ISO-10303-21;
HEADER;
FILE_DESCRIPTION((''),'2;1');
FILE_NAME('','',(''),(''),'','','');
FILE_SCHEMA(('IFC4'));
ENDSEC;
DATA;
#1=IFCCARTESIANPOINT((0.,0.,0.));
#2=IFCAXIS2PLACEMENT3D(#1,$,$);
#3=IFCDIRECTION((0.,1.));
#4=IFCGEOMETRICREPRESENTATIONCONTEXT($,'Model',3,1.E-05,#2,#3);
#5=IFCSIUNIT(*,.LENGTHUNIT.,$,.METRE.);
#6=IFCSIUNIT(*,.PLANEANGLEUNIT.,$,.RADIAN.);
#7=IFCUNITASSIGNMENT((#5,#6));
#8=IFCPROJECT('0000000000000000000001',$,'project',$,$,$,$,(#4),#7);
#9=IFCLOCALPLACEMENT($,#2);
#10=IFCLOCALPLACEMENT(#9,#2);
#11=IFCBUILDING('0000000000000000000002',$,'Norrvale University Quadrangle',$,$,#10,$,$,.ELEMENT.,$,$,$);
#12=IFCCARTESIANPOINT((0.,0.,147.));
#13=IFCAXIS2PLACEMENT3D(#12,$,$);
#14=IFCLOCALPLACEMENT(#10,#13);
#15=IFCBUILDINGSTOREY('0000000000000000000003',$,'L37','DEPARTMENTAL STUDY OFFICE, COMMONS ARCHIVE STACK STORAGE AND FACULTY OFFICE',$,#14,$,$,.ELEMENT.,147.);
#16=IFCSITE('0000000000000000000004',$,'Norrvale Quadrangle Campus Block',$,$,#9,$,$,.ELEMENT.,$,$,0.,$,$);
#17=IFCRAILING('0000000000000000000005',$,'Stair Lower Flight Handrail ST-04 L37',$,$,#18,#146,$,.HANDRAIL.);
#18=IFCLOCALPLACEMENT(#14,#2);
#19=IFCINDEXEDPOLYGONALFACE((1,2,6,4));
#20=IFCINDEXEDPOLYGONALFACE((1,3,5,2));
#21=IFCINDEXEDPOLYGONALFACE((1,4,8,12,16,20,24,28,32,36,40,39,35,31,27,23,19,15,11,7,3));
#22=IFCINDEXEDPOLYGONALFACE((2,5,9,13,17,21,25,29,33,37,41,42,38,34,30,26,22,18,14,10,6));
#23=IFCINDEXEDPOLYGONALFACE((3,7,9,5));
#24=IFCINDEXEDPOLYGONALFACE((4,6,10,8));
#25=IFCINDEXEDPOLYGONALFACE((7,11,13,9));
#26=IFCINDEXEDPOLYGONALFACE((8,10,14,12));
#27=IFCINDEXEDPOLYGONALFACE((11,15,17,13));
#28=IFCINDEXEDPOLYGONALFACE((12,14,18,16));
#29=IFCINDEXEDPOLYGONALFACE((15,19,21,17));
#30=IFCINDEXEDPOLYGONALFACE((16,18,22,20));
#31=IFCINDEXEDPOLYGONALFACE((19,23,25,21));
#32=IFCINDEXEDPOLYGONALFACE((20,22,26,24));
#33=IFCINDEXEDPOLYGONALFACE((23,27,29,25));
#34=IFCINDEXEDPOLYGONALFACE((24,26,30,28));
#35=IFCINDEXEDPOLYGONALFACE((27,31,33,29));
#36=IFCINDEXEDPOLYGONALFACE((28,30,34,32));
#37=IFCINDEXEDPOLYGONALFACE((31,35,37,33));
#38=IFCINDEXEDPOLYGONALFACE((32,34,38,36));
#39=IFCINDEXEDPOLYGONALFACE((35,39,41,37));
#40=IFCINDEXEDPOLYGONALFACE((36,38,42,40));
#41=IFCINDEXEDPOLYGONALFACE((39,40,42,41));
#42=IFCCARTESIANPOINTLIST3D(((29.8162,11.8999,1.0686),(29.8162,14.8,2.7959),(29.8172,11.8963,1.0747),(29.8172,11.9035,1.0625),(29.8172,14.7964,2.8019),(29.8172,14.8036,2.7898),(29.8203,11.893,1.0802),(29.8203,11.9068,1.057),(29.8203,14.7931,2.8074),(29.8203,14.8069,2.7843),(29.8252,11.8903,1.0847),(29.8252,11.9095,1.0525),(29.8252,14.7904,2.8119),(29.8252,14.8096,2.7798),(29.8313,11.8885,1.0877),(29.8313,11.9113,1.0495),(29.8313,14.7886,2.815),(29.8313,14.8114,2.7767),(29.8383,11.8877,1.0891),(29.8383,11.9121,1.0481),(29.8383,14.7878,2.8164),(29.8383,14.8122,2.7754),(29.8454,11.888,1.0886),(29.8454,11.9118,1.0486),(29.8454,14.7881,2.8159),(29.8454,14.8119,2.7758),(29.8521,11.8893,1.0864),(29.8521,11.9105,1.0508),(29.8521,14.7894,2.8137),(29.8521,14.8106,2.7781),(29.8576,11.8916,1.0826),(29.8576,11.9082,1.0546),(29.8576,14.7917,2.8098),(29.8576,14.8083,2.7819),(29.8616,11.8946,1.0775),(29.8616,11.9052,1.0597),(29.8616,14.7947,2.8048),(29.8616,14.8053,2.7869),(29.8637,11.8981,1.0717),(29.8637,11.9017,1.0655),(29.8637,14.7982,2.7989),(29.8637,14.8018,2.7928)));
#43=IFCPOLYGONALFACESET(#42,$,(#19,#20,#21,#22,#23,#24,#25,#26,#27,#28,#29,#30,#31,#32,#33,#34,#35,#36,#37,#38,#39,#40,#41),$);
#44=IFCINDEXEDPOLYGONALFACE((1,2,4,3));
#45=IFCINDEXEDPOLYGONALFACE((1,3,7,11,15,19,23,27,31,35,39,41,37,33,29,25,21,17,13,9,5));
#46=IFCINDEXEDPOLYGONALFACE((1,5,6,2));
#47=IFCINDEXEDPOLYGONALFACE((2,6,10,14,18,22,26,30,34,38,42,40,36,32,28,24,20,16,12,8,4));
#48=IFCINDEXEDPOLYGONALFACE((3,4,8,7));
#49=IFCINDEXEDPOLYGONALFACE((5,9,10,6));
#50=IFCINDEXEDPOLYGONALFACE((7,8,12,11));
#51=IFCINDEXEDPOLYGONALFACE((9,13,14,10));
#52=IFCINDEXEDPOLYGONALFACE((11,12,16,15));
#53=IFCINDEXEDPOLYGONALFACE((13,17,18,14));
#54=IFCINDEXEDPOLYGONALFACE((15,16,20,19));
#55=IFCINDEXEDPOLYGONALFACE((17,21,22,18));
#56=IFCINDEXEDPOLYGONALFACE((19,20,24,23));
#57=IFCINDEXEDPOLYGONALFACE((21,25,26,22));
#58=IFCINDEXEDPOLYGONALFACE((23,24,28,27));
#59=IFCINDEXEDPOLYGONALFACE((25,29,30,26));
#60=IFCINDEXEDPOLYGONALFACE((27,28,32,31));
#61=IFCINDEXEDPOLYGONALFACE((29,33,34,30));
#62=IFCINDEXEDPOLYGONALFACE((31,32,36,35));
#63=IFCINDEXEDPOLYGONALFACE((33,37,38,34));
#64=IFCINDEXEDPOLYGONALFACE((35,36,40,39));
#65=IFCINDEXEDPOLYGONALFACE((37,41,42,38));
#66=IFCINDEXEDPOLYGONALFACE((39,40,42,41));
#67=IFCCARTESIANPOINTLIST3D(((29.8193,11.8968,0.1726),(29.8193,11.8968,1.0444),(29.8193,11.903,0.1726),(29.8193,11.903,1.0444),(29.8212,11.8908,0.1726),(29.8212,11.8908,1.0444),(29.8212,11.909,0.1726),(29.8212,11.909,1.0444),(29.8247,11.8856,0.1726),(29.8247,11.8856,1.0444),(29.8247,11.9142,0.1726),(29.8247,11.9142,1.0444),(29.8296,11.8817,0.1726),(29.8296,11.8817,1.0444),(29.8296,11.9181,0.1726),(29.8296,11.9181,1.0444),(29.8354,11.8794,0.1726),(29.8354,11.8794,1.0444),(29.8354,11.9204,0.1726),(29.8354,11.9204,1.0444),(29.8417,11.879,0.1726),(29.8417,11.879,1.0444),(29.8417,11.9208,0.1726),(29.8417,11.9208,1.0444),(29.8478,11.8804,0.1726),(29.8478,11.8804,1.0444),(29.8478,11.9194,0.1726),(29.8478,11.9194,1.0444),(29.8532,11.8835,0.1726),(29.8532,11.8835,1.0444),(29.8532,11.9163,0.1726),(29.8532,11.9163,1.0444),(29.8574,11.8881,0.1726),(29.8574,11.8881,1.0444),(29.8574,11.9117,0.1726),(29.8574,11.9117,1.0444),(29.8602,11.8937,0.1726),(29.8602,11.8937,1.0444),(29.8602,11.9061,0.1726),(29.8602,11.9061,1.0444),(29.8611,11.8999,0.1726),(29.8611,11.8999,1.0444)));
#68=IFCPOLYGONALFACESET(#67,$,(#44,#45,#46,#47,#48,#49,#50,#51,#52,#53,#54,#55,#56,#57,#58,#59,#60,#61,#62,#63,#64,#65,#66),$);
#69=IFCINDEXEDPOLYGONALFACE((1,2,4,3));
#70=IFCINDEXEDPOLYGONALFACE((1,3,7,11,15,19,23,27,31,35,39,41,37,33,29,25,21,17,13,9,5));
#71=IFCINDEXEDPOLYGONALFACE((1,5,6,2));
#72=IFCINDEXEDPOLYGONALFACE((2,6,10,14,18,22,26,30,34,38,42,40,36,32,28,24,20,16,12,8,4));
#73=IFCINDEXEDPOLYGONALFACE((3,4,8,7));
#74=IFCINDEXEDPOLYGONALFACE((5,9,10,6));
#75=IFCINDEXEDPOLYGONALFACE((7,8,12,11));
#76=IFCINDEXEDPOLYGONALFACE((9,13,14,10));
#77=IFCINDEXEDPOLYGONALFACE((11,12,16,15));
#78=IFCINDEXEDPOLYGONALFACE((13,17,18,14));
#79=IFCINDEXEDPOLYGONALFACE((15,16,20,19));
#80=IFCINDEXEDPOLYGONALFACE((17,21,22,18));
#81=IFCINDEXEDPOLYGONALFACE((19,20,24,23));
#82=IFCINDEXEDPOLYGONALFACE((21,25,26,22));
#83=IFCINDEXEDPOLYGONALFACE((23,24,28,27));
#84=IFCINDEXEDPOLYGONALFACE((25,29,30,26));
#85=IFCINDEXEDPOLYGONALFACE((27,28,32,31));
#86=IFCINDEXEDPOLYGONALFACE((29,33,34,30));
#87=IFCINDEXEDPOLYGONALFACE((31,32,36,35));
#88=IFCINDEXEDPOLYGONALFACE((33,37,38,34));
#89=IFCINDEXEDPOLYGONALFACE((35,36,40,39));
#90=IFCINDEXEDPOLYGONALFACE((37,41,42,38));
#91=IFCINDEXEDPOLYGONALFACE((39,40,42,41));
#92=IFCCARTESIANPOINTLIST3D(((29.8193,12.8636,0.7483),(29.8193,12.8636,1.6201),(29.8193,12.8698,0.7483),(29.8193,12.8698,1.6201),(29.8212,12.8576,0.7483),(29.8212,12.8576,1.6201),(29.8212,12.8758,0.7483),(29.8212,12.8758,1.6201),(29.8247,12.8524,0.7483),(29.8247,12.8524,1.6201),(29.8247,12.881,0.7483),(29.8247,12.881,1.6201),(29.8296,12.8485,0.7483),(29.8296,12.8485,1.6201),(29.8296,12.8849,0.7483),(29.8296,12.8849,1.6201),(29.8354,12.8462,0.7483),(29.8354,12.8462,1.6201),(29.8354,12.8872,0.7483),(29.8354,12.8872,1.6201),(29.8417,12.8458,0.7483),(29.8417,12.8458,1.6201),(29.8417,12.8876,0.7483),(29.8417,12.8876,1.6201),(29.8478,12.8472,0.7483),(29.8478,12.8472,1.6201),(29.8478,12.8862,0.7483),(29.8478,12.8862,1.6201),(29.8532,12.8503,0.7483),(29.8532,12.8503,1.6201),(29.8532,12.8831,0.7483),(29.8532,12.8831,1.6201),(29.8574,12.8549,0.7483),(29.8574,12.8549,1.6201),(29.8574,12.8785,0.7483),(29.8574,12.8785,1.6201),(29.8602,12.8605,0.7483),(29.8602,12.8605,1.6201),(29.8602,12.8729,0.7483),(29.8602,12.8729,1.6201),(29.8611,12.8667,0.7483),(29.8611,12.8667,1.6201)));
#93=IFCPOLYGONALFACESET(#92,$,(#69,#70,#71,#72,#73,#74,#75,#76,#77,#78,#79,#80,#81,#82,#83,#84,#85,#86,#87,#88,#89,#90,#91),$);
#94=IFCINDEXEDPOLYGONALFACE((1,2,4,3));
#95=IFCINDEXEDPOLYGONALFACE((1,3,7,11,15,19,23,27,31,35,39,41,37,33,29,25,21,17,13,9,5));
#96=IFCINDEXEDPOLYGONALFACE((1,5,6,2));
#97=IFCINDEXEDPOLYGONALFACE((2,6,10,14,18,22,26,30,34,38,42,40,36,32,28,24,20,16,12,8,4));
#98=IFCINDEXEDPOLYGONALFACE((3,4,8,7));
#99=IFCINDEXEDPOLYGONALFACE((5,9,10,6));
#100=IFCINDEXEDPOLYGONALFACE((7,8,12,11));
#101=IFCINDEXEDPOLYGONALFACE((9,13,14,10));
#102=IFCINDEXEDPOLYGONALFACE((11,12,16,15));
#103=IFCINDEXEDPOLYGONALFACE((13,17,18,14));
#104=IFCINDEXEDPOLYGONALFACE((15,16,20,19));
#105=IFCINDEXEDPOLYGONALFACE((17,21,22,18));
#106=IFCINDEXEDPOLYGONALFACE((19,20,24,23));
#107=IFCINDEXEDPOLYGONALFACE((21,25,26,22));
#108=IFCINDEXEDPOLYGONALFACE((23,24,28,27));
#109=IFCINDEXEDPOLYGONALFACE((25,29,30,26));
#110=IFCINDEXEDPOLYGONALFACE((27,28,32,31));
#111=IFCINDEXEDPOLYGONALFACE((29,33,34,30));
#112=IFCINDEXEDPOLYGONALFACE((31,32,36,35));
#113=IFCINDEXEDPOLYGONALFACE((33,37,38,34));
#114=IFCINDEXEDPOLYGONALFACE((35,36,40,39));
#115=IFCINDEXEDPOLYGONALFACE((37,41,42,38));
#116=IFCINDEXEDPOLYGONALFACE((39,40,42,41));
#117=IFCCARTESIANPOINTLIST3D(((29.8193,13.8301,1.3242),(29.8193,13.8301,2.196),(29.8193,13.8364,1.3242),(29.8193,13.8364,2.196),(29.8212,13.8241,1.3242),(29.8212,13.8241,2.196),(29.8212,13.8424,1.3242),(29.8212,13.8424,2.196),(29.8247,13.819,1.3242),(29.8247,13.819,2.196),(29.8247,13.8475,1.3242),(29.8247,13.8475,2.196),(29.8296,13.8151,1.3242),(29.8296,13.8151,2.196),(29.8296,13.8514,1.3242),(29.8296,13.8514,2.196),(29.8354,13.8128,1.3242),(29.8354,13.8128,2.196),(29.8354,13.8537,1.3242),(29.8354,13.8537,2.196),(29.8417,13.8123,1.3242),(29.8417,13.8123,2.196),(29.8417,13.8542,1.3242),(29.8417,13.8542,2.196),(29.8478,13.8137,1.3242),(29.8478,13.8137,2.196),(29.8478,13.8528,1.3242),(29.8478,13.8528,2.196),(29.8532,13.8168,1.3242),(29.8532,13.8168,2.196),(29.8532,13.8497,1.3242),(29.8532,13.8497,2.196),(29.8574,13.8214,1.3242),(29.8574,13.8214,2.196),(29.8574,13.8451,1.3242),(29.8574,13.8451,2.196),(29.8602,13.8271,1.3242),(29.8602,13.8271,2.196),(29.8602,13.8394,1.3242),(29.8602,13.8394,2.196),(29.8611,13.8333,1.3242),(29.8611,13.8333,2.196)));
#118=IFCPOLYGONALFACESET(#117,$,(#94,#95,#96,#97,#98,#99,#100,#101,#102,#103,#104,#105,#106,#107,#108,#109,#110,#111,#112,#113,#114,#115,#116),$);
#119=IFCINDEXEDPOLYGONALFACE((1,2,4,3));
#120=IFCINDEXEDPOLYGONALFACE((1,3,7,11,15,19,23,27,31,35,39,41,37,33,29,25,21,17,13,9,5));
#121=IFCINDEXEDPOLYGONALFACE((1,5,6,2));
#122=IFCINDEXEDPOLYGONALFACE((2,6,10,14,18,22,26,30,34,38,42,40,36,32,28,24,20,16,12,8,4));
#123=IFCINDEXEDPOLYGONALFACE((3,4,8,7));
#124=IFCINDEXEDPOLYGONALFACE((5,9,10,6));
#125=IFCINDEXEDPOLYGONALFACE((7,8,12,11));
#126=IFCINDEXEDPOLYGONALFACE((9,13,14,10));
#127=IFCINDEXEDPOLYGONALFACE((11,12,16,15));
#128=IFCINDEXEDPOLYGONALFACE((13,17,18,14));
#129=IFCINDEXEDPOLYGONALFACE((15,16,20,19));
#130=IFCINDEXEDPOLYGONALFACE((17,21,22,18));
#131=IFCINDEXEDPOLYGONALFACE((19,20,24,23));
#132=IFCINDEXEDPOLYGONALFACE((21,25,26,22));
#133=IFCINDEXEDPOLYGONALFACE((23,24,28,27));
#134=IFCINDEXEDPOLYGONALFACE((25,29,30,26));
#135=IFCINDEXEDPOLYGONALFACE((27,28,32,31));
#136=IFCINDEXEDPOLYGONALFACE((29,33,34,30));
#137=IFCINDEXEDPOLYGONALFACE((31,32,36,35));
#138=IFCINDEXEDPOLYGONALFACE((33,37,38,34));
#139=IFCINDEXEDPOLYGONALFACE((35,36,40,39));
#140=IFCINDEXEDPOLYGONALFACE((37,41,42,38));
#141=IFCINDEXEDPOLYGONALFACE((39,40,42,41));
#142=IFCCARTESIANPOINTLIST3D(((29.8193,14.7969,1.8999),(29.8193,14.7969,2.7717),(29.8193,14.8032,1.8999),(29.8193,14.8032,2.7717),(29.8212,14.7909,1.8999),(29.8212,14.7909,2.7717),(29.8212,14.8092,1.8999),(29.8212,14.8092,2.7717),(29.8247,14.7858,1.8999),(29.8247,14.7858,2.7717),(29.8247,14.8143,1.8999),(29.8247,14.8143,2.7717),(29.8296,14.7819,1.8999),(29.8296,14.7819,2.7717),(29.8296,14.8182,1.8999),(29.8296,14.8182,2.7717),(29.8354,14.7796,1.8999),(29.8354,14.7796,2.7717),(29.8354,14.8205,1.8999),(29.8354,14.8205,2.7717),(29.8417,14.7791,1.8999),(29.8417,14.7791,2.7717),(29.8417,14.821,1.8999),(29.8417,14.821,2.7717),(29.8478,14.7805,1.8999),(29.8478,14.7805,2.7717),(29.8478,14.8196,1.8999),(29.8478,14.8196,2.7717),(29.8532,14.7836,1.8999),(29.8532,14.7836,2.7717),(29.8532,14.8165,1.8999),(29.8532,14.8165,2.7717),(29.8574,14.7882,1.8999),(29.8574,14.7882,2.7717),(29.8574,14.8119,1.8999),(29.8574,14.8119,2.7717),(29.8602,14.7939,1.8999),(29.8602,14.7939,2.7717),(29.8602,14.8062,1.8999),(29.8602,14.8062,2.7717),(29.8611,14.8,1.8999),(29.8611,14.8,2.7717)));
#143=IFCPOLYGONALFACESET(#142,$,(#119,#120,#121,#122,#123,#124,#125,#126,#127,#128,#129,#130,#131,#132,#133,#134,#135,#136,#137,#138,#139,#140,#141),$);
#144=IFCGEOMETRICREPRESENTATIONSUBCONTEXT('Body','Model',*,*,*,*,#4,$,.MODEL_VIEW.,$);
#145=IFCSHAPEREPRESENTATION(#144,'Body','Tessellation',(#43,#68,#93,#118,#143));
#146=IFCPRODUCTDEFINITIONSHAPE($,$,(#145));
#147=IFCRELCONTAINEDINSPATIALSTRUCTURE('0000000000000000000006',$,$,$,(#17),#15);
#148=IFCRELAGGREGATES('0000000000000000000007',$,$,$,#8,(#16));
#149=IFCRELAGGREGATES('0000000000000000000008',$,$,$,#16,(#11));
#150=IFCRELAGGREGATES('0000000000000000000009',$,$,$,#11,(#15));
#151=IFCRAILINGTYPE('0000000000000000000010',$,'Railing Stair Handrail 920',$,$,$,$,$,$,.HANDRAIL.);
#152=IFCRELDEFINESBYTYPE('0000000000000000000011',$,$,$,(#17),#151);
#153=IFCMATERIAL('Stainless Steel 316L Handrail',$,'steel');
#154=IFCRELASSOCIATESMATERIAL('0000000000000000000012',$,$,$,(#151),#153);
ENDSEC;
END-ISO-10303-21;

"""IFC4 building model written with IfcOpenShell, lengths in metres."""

from ifc_helpers import new_model, si_unit, direction, frame, origin, origin_2d, place, context, subcontext, project, spatial, circle, extrude, material, type_object, element, save


model = new_model("IFC4")

# Units and contexts
model_context = context("Model", 3, precision=1e-05, world=origin(), true_north=direction((0.0, 1.0)))
body_context = subcontext(model_context, "Body", "Model", "MODEL_VIEW")
ifc_project = project(units=[si_unit("LENGTHUNIT", "METRE"), si_unit("PLANEANGLEUNIT", "RADIAN")], contexts=[model_context])

# Site, building, storey
site_placement = place(None, origin())
site = spatial("IfcSite", under=ifc_project, at=site_placement, Name="Norrvale Quadrangle Campus Block", CompositionType="ELEMENT", RefElevation=0.0)
building_placement = place(site_placement, origin())
building = spatial("IfcBuilding", under=site, at=building_placement, Name="Norrvale University Quadrangle", CompositionType="ELEMENT")
storey_placement = place(building_placement, frame((0.0, 0.0, 147.0)))
storey = spatial("IfcBuildingStorey", under=building, at=storey_placement, Name="L37", Description="DEPARTMENTAL STUDY OFFICE, COMMONS ARCHIVE STACK STORAGE AND FACULTY OFFICE", CompositionType="ELEMENT", Elevation=147.0)

# Railing
ifc_material_1 = material(Name="Stainless Steel 316L Handrail", Category="steel")
railing_type_1 = type_object("IfcRailingType", Name="Railing Stair Handrail 920", PredefinedType="HANDRAIL", material=ifc_material_1)
railing_1_placement = place(storey_placement, frame((29.8401, 11.8999, 0.1726)))
element("IfcRailing", 1, at=railing_1_placement, inside=storey, type_object=railing_type_1, Name="Stair Lower Flight Handrail ST-04 L37", PredefinedType="HANDRAIL", context=body_context, shape_type="SweptSolid", body=[
    extrude(circle(Radius=0.0239, at=origin_2d()), frame((0.0, 0.0, 0.896), z_axis=(0.0, 0.85916, 0.511706), x_axis=(-1.0, 0.0, 0.0)), (0.0, 0.0, 1.0), 3.3755),
    extrude(circle(Radius=0.021, at=origin_2d()), origin(), (0.0, 0.0, 1.0), 0.8718),
    extrude(circle(Radius=0.021, at=origin_2d()), frame((0.0, 0.9668, 0.5757)), (0.0, 0.0, 1.0), 0.8718),
    extrude(circle(Radius=0.021, at=origin_2d()), frame((0.0, 1.9333, 1.1516)), (0.0, 0.0, 1.0), 0.8718),
    extrude(circle(Radius=0.021, at=origin_2d()), frame((0.0, 2.9001, 1.7273)), (0.0, 0.0, 1.0), 0.8718),
])

save(model, "model.ifc")
